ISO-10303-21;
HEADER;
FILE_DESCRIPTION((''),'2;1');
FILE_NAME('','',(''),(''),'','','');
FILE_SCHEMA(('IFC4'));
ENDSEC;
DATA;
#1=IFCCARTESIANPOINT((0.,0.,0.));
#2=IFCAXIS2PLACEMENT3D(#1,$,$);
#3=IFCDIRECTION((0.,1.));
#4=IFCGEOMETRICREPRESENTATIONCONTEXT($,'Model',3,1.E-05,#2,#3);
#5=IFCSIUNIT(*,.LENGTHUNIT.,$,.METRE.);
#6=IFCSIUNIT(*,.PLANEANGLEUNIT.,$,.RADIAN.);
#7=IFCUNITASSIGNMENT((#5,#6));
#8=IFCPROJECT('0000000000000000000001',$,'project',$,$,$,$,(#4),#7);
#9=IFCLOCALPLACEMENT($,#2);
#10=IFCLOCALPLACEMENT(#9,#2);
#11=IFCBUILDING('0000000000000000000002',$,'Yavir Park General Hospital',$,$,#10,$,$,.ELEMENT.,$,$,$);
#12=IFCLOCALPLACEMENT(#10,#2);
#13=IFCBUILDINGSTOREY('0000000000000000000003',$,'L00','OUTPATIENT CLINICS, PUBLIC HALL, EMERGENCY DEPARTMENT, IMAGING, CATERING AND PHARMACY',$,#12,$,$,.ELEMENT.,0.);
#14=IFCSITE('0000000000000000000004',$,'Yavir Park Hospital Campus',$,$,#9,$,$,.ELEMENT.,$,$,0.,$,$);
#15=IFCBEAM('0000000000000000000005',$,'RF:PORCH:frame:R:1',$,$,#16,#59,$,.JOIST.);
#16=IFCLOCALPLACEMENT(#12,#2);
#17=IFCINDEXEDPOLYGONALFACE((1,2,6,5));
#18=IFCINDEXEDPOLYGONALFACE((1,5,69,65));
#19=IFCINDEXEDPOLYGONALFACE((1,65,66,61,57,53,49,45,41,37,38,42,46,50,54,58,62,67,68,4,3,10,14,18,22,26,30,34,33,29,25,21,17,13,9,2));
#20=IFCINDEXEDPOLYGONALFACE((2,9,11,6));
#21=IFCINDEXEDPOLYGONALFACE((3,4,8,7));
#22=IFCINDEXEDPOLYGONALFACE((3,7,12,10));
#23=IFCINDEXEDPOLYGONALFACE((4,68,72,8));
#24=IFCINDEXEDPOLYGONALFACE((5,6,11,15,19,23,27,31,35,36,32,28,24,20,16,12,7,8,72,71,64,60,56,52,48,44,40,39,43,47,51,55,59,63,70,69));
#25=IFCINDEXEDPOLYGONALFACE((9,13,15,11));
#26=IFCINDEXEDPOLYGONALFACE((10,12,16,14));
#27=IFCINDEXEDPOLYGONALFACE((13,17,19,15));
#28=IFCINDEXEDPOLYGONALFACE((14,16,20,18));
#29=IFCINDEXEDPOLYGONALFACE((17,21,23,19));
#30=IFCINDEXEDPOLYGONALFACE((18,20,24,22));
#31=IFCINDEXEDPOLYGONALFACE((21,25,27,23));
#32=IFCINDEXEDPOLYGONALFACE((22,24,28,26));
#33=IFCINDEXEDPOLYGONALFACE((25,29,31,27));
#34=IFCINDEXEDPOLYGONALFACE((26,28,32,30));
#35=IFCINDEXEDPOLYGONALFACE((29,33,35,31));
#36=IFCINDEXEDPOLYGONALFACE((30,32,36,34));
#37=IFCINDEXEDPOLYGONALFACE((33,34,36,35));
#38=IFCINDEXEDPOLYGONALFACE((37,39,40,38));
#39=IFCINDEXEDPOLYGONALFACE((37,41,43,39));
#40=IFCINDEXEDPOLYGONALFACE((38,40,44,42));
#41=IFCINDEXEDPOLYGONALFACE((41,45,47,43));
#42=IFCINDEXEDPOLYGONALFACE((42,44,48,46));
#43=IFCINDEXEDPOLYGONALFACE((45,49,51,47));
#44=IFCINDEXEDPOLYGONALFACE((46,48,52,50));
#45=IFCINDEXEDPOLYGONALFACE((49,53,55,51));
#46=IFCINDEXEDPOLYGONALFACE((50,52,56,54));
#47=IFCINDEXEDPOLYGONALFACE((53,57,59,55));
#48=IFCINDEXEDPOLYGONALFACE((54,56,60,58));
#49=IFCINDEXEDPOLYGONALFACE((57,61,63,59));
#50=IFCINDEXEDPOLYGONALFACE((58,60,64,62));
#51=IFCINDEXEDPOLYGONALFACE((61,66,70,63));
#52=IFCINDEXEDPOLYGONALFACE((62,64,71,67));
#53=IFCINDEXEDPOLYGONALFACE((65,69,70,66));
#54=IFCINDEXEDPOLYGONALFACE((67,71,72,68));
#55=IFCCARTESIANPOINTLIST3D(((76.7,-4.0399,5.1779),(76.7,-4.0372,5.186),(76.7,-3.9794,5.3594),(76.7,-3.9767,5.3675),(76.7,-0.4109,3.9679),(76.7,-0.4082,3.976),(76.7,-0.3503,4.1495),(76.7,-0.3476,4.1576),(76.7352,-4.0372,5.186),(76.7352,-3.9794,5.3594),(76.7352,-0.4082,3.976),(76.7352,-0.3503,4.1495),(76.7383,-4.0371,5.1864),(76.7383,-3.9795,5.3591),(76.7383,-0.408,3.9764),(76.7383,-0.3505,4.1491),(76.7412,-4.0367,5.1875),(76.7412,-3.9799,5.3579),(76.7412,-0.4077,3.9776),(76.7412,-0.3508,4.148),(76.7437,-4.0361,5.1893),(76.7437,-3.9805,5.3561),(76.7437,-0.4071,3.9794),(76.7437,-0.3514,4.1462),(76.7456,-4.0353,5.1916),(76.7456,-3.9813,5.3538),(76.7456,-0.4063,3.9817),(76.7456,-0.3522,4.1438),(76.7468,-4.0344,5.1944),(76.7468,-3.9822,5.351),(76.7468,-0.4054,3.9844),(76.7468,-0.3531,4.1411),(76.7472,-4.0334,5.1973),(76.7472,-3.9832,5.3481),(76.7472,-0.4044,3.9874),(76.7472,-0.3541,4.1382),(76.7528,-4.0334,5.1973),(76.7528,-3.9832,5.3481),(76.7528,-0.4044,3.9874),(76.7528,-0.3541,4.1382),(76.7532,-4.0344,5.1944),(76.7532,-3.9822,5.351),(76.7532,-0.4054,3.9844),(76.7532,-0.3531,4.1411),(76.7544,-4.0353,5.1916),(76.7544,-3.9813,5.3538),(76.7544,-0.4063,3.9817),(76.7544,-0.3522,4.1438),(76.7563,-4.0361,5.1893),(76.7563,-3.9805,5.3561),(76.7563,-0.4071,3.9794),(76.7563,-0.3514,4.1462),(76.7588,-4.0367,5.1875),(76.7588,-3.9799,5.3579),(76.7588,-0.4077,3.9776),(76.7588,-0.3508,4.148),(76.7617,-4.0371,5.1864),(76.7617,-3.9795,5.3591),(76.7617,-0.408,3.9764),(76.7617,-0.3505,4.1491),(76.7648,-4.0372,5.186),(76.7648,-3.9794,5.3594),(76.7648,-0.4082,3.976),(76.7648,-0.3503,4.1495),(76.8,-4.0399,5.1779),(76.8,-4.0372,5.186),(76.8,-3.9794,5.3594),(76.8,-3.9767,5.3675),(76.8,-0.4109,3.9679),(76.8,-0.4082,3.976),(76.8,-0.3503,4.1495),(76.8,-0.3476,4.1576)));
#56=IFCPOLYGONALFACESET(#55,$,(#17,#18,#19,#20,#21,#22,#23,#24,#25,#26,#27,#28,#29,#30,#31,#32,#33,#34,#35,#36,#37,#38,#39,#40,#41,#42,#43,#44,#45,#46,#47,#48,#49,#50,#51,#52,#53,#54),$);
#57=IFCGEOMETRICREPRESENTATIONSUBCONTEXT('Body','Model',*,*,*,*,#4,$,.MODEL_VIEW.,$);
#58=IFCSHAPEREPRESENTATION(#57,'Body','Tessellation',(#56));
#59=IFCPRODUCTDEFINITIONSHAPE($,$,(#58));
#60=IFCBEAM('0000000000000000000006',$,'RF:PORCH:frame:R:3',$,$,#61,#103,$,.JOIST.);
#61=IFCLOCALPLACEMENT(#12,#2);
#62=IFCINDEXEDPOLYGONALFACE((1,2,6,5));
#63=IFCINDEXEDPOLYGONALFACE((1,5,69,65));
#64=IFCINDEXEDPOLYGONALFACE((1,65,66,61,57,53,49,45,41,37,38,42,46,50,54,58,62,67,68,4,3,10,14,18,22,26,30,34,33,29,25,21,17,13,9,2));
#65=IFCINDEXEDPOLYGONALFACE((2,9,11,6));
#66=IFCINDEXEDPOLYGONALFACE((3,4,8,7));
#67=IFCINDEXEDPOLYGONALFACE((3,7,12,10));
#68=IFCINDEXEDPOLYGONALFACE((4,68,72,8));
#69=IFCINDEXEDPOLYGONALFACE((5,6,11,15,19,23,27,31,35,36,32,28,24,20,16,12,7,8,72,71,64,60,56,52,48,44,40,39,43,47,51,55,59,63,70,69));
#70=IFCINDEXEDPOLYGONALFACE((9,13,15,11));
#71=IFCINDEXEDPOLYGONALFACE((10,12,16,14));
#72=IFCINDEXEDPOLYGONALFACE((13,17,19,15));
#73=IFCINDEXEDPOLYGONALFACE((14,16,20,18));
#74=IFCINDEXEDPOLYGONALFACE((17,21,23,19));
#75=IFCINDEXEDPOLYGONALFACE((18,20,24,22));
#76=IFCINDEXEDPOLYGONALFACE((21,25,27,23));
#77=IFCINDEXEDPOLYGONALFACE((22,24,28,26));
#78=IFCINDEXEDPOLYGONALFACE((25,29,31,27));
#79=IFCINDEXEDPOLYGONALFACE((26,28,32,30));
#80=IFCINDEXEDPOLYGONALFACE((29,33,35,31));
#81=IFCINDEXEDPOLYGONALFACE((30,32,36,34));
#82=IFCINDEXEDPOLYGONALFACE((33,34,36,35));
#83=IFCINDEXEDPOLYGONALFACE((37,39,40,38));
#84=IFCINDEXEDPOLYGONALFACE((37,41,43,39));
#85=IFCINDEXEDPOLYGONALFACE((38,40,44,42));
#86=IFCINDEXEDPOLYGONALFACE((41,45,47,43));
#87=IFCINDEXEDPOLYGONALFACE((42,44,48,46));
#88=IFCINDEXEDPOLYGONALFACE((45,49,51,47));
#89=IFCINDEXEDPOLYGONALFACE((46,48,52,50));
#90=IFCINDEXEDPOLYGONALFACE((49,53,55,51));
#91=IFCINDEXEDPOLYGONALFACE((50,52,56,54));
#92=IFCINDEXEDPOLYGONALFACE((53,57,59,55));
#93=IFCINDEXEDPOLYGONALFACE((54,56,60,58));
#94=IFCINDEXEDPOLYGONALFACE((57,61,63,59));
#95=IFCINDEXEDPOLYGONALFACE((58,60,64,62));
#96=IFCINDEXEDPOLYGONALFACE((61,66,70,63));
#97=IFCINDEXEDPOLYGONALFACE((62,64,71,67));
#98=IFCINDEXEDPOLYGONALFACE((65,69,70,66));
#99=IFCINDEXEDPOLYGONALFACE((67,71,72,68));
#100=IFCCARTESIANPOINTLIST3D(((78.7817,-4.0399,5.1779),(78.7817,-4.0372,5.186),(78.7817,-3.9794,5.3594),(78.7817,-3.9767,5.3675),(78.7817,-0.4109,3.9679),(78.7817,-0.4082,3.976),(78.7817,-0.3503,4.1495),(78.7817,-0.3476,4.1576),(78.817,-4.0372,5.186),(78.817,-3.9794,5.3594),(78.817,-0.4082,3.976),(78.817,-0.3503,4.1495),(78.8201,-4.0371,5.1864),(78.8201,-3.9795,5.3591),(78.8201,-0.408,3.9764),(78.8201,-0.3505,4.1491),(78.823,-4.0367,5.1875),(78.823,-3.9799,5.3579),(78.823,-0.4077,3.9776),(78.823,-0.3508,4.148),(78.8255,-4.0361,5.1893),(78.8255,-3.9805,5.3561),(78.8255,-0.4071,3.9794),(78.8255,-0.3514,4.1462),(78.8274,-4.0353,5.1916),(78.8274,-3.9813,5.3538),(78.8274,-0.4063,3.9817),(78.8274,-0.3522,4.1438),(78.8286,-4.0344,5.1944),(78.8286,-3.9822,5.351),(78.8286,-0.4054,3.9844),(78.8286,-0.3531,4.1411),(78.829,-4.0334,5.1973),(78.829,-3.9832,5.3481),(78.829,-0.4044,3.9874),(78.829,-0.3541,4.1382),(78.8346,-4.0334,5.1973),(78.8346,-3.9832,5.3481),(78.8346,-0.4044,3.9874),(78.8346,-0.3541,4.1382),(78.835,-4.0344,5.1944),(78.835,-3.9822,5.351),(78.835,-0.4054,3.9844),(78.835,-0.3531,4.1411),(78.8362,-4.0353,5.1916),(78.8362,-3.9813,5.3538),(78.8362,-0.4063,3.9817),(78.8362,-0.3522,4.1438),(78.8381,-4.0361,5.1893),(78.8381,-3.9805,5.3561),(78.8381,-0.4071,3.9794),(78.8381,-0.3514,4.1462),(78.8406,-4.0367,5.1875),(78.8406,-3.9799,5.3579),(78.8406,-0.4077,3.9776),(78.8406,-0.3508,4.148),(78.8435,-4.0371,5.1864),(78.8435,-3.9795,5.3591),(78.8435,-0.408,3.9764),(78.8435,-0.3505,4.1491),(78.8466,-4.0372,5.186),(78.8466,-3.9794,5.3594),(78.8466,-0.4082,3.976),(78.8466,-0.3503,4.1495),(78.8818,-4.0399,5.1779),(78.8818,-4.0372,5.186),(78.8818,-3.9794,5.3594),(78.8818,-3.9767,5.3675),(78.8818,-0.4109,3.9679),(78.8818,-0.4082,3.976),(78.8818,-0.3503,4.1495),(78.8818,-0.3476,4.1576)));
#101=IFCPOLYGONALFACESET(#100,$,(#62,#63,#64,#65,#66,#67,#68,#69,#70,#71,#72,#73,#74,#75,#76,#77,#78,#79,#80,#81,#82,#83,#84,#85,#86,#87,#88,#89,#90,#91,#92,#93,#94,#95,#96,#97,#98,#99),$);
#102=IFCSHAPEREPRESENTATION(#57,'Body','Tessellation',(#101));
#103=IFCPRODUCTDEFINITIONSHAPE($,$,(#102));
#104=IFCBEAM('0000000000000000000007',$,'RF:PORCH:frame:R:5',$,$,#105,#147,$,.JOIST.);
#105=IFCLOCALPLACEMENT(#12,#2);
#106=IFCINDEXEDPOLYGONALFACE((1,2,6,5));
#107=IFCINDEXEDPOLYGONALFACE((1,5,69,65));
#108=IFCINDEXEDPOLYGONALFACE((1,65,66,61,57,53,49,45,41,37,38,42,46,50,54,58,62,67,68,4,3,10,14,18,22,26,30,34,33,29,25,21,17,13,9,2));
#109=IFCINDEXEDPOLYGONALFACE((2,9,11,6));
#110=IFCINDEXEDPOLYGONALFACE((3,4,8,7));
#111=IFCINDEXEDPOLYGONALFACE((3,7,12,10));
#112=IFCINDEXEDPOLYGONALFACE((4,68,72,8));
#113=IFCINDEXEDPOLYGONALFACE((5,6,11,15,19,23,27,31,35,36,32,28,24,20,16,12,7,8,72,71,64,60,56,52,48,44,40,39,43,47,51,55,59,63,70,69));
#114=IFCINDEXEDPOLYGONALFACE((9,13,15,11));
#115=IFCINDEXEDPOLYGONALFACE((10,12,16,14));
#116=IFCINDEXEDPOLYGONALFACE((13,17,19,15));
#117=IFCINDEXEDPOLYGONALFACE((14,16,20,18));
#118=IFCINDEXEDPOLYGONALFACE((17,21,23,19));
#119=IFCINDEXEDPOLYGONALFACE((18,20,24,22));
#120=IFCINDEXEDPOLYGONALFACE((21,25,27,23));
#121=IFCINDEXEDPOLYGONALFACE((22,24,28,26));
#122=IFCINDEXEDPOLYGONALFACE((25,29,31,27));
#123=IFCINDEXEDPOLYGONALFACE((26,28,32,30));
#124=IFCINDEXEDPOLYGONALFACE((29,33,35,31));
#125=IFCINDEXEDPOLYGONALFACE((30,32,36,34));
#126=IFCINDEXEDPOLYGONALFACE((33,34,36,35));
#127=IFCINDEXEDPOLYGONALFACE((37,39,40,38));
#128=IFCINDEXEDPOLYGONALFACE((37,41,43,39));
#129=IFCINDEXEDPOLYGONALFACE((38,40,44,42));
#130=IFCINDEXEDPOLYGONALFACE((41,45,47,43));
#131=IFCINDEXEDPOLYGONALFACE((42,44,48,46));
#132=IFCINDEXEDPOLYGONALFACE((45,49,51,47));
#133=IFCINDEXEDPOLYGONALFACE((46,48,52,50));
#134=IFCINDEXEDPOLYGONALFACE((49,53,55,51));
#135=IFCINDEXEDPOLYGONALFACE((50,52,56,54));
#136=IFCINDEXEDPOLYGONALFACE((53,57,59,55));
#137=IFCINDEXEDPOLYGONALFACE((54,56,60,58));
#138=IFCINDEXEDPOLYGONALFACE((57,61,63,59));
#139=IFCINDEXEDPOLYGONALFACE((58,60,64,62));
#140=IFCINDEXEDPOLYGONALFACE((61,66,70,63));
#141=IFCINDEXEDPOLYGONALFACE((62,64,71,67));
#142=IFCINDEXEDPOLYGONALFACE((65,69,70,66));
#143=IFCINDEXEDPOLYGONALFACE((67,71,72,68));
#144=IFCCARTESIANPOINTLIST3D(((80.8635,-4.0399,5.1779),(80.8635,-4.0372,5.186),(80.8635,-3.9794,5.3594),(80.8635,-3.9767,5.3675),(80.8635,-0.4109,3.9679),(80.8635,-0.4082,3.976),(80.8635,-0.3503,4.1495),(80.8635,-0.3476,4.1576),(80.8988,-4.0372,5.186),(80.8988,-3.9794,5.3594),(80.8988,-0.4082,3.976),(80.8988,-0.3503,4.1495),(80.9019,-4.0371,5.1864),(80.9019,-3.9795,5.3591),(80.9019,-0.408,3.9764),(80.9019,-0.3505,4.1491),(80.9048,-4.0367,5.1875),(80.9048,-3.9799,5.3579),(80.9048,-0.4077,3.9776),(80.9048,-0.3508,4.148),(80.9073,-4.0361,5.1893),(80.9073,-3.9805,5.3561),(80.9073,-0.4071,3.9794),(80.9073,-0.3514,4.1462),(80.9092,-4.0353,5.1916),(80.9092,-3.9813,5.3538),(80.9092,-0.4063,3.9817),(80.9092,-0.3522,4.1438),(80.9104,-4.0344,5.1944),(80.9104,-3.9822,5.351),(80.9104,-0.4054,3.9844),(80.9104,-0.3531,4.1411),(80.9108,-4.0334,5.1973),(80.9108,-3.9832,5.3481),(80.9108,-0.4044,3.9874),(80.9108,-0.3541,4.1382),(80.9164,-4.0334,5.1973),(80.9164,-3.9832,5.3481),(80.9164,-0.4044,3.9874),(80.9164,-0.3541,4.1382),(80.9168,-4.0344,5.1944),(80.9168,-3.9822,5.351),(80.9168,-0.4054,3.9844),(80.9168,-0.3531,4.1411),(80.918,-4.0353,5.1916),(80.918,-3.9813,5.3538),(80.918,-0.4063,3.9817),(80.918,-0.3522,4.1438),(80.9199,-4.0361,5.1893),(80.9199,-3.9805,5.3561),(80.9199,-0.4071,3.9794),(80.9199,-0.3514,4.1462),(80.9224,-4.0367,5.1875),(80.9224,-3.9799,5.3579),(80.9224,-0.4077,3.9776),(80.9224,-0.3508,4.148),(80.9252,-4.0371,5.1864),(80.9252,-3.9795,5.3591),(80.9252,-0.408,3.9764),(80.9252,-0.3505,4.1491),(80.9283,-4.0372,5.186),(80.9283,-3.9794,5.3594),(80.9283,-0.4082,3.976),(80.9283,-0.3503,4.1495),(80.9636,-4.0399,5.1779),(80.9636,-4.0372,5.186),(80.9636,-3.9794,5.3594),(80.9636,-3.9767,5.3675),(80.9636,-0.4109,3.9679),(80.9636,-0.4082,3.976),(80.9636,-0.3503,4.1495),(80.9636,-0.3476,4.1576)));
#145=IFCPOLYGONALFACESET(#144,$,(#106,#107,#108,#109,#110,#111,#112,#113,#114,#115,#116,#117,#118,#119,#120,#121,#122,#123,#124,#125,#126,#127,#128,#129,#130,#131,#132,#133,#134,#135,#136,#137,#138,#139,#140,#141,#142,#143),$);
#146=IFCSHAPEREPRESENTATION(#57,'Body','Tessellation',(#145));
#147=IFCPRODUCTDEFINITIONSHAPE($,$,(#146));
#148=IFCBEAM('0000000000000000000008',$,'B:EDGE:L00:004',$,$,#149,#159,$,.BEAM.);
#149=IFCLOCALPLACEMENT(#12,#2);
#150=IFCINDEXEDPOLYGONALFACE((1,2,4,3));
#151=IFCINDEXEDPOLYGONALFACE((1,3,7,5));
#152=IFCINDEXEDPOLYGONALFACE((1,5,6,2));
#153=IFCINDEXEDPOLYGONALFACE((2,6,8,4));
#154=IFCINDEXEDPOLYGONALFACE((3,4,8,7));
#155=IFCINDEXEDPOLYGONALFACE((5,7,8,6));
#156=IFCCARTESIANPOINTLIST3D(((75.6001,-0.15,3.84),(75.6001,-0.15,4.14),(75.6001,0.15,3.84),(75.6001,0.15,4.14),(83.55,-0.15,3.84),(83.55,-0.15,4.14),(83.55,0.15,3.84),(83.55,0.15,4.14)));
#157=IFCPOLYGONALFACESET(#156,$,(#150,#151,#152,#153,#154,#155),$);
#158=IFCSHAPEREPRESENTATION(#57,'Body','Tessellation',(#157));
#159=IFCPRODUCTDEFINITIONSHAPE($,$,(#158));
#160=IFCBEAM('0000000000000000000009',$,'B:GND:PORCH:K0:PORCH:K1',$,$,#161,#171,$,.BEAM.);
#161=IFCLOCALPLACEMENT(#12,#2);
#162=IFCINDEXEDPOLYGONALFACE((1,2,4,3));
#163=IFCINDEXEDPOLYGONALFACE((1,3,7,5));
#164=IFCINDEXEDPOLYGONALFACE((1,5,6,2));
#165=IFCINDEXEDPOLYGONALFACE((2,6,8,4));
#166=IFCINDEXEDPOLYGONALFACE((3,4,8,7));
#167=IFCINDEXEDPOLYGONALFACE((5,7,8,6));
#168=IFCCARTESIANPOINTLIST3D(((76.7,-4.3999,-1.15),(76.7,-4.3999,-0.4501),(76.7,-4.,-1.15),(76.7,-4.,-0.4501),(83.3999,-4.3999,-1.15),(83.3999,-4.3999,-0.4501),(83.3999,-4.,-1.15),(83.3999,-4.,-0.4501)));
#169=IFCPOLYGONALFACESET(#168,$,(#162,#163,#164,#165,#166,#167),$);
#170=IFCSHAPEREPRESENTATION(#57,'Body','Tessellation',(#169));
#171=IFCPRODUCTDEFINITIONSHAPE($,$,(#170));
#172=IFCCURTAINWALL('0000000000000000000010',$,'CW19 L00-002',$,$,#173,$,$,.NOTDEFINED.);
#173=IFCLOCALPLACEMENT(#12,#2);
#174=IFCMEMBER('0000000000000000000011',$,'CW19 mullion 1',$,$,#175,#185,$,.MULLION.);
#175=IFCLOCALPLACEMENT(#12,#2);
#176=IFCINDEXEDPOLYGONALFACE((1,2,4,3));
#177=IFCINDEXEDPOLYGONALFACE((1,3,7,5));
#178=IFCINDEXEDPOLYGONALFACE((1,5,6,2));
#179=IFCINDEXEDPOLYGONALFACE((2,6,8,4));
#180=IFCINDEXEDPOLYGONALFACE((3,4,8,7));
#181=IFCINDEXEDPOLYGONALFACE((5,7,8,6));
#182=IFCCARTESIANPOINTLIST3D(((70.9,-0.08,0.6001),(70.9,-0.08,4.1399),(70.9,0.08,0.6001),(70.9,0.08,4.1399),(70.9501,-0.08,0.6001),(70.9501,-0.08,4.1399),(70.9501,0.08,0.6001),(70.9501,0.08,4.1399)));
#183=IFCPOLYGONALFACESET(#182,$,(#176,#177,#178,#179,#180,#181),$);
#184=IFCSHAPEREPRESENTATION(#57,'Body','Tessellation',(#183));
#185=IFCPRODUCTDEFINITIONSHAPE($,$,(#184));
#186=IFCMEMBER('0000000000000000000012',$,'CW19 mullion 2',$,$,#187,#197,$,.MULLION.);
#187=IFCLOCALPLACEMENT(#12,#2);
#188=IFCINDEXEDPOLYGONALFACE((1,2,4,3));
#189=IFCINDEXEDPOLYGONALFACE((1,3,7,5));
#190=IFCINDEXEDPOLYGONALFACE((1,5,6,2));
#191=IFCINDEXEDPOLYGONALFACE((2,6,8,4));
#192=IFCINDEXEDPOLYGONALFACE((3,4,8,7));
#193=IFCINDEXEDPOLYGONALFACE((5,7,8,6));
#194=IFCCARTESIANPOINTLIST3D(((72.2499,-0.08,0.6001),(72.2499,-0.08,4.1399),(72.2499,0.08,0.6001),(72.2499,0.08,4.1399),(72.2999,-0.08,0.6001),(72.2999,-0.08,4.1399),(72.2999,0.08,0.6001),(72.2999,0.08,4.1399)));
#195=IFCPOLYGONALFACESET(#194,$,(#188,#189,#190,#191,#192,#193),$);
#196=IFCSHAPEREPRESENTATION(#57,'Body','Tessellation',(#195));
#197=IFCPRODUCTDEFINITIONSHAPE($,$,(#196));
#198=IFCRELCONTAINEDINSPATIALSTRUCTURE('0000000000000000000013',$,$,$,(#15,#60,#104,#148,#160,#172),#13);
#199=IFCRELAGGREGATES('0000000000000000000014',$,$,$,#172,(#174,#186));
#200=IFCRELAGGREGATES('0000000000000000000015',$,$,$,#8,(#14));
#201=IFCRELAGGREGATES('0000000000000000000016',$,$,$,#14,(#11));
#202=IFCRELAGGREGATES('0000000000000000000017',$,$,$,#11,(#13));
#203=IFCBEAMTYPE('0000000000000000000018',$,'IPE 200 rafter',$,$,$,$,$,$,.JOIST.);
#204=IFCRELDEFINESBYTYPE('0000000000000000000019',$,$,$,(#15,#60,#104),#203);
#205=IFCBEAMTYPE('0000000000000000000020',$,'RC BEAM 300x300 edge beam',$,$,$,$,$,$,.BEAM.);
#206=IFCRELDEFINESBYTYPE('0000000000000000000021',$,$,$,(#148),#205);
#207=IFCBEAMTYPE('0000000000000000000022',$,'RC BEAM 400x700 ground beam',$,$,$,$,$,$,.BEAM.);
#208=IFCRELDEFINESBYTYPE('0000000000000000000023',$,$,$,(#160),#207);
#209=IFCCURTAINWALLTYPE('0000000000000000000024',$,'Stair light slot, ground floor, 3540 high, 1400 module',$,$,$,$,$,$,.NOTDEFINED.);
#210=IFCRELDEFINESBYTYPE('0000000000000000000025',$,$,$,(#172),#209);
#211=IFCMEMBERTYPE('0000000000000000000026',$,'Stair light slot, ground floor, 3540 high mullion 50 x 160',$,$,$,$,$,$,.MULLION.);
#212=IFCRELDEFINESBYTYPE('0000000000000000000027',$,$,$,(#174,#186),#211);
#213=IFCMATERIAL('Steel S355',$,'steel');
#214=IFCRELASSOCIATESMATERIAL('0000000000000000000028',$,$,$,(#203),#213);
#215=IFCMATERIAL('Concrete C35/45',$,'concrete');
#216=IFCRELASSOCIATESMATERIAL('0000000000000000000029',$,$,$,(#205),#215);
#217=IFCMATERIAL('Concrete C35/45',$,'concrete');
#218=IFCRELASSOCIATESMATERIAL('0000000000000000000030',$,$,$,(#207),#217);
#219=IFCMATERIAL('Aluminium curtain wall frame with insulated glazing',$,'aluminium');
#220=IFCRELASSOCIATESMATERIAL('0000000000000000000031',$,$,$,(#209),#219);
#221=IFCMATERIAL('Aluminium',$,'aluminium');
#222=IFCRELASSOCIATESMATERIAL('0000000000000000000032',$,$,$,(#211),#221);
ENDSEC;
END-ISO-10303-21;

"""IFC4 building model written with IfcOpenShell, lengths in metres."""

from ifc_helpers import new_model, si_unit, direction, frame, origin, origin_2d, place, context, subcontext, project, spatial, rectangle, i_section, extrude, material, material_profile, profile_set, type_object, element, aggregate, save


model = new_model("IFC4")

# Units and contexts
model_context = context("Model", 3, precision=1e-05, world=origin(), true_north=direction((0.0, 1.0)))
body_context = subcontext(model_context, "Body", "Model", "MODEL_VIEW")
ifc_project = project(units=[si_unit("LENGTHUNIT", "METRE"), si_unit("PLANEANGLEUNIT", "RADIAN")], contexts=[model_context])

# Site, building, storey
site_placement = place(None, origin())
site = spatial("IfcSite", under=ifc_project, at=site_placement, Name="Yavir Park Hospital Campus", CompositionType="ELEMENT", RefElevation=0.0)
building_placement = place(site_placement, origin())
building = spatial("IfcBuilding", under=site, at=building_placement, Name="Yavir Park General Hospital", CompositionType="ELEMENT")
storey_placement = place(building_placement, origin())
storey = spatial("IfcBuildingStorey", under=building, at=storey_placement, Name="L00", Description="OUTPATIENT CLINICS, PUBLIC HALL, EMERGENCY DEPARTMENT, IMAGING, CATERING AND PHARMACY", CompositionType="ELEMENT", Elevation=0.0)

# Beams
ifc_material_1 = material(Name="Steel S355", Category="steel")
ifc_material_profile_1 = material_profile(ifc_material_1, i_section(OverallWidth=0.1001, OverallDepth=0.2, WebThickness=0.0056, FlangeThickness=0.0085, FilletRadius=0.012, at=origin_2d()), Name="IPE200")
ifc_profile_set_1 = profile_set([ifc_material_profile_1], Name="Steel S355")
beam_type_1 = type_object("IfcBeamType", Name="IPE 200 rafter", PredefinedType="JOIST", material=ifc_profile_set_1)
for number, where, z_axis, x_axis, name in (
    (1, (76.75, -4.0083, 5.2727), (0.0, 0.948664, -0.316285), (-1.0, 0.0, 0.0), "RF:PORCH:frame:R:1"),
    (2, (78.8318, -4.0083, 5.2727), (0.0, 0.948664, -0.316285), (-1.0, 0.0, 0.0), "RF:PORCH:frame:R:3"),
    (3, (80.9136, -4.0083, 5.2727), (0.0, 0.948664, -0.316285), (-1.0, 0.0, 0.0), "RF:PORCH:frame:R:5"),
):
    element("IfcBeam", number, at=place(storey_placement, frame(where, z_axis=z_axis, x_axis=x_axis)), inside=storey, type_object=beam_type_1, Name=name, PredefinedType="JOIST", context=body_context, shape_type="SweptSolid", body=[
        extrude(i_section(OverallWidth=0.1001, OverallDepth=0.2, WebThickness=0.0056, FlangeThickness=0.0085, FilletRadius=0.012, at=origin_2d()), origin(), (0.0, 0.0, 1.0), 3.8254),
    ])
ifc_material_2 = material(Name="Concrete C35/45", Category="concrete")
ifc_material_profile_2 = material_profile(ifc_material_2, rectangle(XDim=0.3, YDim=0.3, at=origin_2d()), Name="RC300x300")
ifc_profile_set_2 = profile_set([ifc_material_profile_2], Name="Concrete C35/45")
beam_type_2 = type_object("IfcBeamType", Name="RC BEAM 300x300 edge beam", PredefinedType="BEAM", material=ifc_profile_set_2)
beam_1_placement = place(storey_placement, frame((75.6001, 0.0, 3.99), z_axis=(1.0, 0.0, 0.0), x_axis=(0.0, 1.0, 0.0)))
element("IfcBeam", 4, at=beam_1_placement, inside=storey, type_object=beam_type_2, Name="B:EDGE:L00:004", PredefinedType="BEAM", context=body_context, shape_type="SweptSolid", body=[
    extrude(rectangle(XDim=0.3, YDim=0.3, at=origin_2d()), origin(), (0.0, 0.0, 1.0), 7.95),
])
ifc_material_3 = material(Name="Concrete C35/45", Category="concrete")
ifc_material_profile_3 = material_profile(ifc_material_3, rectangle(XDim=0.3999, YDim=0.7, at=origin_2d()), Name="RC400x700")
ifc_profile_set_3 = profile_set([ifc_material_profile_3], Name="Concrete C35/45")
beam_type_3 = type_object("IfcBeamType", Name="RC BEAM 400x700 ground beam", PredefinedType="BEAM", material=ifc_profile_set_3)
beam_2_placement = place(storey_placement, frame((76.7, -4.2, -0.8), z_axis=(1.0, 0.0, 0.0), x_axis=(0.0, 1.0, 0.0)))
element("IfcBeam", 5, at=beam_2_placement, inside=storey, type_object=beam_type_3, Name="B:GND:PORCH:K0:PORCH:K1", PredefinedType="BEAM", context=body_context, shape_type="SweptSolid", body=[
    extrude(rectangle(XDim=0.3999, YDim=0.7, at=origin_2d()), origin(), (0.0, 0.0, 1.0), 6.7),
])

# Curtain wall, members
ifc_material_4 = material(Name="Aluminium curtain wall frame with insulated glazing", Category="aluminium")
curtain_wall_type = type_object("IfcCurtainWallType", Name="Stair light slot, ground floor, 3540 high, 1400 module", PredefinedType="NOTDEFINED", material=ifc_material_4)
curtain_wall_placement = place(storey_placement, origin())
curtain_wall = element("IfcCurtainWall", 6, at=curtain_wall_placement, inside=storey, type_object=curtain_wall_type, Name="CW19 L00-002", PredefinedType="NOTDEFINED")
ifc_material_5 = material(Name="Aluminium", Category="aluminium")
ifc_material_profile_4 = material_profile(ifc_material_5, rectangle(XDim=0.1599, YDim=0.05, at=origin_2d()), Name="AL 50x160")
ifc_profile_set_4 = profile_set([ifc_material_profile_4], Name="Aluminium")
member_type_1 = type_object("IfcMemberType", Name="Stair light slot, ground floor, 3540 high mullion 50 x 160", PredefinedType="MULLION", material=ifc_profile_set_4)
member_1_placement = place(storey_placement, frame((70.925, 0.0, 0.6001), z_axis=(0.0, 0.0, 1.0), x_axis=(0.0, 1.0, 0.0)))
member_1 = element("IfcMember", 7, at=member_1_placement, type_object=member_type_1, Name="CW19 mullion 1", PredefinedType="MULLION", context=body_context, shape_type="SweptSolid", body=[
    extrude(rectangle(XDim=0.1599, YDim=0.05, at=origin_2d()), origin(), (0.0, 0.0, 1.0), 3.5398),
])
member_2_placement = place(storey_placement, frame((72.2749, 0.0, 0.6001), z_axis=(0.0, 0.0, 1.0), x_axis=(0.0, 1.0, 0.0)))
member_2 = element("IfcMember", 8, at=member_2_placement, type_object=member_type_1, Name="CW19 mullion 2", PredefinedType="MULLION", context=body_context, shape_type="SweptSolid", body=[
    extrude(rectangle(XDim=0.1599, YDim=0.05, at=origin_2d()), origin(), (0.0, 0.0, 1.0), 3.5398),
])

aggregate(curtain_wall, [member_1, member_2])

save(model, "model.ifc")
